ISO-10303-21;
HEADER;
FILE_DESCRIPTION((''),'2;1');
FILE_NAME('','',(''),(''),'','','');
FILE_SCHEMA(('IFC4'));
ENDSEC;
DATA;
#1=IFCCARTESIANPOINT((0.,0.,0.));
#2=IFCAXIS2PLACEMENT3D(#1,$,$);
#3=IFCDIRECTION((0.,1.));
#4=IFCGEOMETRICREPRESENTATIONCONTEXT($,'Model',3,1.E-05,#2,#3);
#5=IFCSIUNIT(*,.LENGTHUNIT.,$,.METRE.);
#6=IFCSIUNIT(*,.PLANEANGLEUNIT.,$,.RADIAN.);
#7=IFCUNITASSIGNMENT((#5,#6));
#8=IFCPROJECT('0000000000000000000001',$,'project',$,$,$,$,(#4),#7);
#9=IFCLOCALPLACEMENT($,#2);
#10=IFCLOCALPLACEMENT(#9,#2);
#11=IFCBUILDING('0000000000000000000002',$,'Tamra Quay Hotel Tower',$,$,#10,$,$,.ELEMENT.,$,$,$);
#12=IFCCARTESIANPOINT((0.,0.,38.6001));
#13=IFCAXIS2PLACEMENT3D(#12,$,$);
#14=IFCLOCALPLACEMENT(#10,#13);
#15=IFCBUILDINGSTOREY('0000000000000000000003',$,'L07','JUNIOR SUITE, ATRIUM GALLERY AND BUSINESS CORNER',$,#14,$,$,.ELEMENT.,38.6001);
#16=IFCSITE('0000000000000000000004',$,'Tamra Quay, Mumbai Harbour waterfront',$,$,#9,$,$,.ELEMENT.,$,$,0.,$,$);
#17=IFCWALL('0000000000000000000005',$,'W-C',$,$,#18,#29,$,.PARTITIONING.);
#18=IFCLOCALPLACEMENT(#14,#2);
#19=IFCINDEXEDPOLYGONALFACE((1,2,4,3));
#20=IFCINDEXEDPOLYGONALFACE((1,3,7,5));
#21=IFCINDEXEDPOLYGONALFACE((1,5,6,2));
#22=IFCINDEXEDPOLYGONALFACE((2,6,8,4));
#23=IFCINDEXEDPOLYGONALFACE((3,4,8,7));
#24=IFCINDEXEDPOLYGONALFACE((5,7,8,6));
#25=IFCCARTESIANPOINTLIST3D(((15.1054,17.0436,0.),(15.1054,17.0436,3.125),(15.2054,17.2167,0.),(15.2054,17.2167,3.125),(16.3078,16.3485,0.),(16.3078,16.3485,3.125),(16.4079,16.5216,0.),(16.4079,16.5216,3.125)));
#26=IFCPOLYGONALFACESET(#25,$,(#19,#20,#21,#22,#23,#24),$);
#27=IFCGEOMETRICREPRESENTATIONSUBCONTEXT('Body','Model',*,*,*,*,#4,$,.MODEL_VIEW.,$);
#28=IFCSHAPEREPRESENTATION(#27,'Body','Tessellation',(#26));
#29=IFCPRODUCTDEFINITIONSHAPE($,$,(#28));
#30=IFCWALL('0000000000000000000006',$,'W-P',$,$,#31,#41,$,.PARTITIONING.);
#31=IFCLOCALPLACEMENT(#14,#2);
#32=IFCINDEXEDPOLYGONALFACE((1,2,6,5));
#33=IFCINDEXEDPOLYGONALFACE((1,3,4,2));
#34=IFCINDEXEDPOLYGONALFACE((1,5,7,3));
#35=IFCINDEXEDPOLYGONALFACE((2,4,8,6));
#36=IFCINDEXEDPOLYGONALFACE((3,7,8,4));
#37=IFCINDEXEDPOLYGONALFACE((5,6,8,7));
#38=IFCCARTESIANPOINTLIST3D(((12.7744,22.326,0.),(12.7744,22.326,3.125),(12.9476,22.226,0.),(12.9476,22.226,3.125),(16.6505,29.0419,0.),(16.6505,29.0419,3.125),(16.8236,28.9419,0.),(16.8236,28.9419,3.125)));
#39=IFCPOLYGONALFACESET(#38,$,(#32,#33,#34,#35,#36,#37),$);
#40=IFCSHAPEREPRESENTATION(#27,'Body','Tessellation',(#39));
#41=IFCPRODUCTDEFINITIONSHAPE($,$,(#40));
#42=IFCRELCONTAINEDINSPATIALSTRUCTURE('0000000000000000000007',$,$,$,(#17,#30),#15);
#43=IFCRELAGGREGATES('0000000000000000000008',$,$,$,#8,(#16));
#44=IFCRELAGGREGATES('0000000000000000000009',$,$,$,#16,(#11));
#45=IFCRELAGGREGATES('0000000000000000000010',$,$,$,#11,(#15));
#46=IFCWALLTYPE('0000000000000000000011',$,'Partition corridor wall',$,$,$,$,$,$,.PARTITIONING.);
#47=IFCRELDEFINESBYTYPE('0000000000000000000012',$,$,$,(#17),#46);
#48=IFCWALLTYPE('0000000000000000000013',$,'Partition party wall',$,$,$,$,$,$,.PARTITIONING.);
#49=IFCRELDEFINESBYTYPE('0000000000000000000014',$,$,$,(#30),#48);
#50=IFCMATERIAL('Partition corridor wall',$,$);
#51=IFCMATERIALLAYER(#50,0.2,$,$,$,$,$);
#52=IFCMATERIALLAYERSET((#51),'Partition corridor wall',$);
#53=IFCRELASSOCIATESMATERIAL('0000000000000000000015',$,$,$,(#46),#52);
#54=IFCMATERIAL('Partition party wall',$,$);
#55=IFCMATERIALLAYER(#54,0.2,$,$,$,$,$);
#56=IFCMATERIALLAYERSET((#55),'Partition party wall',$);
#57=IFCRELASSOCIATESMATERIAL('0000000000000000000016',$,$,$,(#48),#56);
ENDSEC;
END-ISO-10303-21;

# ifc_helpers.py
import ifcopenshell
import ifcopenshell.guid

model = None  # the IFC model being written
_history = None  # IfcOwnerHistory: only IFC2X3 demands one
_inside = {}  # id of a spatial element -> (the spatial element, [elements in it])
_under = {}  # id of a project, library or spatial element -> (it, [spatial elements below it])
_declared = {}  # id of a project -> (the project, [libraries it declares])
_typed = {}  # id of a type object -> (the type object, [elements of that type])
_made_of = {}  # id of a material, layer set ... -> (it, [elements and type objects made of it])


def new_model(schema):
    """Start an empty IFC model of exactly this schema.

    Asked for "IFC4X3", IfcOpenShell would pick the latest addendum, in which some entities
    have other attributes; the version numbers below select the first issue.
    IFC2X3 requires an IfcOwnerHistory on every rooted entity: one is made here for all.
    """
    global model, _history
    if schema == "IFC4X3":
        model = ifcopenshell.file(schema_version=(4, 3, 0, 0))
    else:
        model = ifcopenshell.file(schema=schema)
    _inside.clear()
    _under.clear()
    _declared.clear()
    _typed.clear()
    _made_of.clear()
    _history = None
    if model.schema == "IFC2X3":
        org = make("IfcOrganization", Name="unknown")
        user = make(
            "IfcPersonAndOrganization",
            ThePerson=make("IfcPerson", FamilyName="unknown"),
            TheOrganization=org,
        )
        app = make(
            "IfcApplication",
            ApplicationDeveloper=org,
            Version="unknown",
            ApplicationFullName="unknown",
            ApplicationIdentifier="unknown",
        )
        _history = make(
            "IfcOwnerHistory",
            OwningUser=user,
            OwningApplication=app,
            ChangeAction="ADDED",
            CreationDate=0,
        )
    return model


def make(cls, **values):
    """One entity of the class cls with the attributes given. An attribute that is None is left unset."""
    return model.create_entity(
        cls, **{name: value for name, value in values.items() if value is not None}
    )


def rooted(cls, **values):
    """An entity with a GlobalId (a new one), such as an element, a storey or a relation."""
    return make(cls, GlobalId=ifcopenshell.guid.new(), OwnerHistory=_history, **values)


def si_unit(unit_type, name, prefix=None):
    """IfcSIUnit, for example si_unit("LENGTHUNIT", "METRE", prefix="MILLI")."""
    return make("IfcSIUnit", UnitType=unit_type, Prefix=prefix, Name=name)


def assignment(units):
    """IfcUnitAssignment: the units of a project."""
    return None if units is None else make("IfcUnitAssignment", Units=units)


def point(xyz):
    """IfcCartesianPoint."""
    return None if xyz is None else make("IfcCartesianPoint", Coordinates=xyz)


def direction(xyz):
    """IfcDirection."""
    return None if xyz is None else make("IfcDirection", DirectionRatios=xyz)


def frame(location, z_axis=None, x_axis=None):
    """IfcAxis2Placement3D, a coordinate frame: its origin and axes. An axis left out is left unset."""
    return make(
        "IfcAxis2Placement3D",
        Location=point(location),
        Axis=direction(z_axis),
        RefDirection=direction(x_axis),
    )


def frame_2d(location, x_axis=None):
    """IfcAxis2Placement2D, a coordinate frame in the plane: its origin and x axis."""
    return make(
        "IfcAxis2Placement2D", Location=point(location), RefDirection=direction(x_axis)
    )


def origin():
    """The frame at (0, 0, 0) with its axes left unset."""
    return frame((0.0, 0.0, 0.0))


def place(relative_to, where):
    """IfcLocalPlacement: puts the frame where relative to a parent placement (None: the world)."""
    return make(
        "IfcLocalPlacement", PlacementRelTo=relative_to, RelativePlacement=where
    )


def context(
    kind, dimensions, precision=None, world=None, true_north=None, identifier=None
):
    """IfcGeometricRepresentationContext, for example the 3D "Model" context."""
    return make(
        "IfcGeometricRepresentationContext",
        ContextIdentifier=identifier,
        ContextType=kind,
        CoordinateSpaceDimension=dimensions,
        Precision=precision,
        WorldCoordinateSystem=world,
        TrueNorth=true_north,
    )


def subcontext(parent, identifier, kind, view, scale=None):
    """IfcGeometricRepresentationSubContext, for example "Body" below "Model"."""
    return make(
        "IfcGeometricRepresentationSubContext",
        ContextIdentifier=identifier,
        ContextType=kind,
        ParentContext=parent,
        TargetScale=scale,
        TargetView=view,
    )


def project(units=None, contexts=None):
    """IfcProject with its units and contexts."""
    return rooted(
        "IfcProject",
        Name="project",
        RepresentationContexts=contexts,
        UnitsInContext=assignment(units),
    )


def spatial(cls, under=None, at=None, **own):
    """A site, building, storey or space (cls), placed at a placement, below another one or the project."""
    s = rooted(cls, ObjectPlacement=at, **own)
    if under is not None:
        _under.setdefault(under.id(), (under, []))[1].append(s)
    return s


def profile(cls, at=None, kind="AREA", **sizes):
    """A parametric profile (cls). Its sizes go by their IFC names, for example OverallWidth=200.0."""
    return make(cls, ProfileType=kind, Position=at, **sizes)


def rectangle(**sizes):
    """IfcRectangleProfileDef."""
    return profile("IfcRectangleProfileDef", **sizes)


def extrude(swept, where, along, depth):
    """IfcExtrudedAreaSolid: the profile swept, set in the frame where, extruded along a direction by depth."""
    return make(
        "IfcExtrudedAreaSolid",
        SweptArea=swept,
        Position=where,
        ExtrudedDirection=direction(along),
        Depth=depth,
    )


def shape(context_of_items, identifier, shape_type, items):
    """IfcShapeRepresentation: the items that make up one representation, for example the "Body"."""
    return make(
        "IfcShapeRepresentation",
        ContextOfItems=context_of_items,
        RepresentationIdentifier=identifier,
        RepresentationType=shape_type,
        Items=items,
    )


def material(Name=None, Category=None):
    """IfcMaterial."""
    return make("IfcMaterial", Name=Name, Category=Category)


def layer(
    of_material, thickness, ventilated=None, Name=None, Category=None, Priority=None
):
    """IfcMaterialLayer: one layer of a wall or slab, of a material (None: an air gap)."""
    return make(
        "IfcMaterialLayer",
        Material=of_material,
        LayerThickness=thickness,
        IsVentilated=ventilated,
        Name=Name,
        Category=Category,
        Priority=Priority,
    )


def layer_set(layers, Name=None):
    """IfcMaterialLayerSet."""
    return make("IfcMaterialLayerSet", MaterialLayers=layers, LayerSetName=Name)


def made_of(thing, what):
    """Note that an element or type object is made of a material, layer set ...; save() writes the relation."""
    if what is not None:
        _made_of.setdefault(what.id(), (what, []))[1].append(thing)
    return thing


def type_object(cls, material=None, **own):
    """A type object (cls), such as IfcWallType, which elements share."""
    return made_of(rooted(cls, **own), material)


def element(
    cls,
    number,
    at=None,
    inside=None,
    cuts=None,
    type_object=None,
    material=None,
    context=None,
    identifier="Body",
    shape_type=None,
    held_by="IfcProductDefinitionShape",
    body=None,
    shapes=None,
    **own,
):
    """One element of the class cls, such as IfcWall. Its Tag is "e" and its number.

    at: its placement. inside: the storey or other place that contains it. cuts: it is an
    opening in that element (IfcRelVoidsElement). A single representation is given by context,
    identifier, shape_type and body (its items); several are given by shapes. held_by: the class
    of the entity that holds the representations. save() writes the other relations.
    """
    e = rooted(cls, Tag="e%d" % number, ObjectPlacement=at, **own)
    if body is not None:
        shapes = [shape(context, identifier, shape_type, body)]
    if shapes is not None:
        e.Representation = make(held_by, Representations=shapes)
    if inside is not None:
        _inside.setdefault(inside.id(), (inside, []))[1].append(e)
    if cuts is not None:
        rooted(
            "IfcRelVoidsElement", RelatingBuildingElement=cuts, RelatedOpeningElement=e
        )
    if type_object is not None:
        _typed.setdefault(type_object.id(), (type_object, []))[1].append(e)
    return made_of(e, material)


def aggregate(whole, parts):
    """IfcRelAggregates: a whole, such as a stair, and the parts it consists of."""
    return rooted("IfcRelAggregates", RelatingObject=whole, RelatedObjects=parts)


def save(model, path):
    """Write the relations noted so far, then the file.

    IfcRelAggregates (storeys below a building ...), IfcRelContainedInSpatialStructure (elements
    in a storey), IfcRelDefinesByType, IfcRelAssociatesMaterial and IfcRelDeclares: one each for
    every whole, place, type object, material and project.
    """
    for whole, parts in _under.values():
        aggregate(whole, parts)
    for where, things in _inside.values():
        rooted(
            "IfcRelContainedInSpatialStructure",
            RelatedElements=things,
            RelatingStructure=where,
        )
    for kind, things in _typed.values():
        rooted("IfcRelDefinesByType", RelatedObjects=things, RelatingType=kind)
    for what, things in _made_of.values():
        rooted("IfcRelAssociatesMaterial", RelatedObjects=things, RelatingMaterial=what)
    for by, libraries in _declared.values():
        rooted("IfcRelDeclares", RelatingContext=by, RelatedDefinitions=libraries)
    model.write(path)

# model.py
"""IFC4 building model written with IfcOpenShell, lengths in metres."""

from ifc_helpers import new_model, si_unit, direction, frame, frame_2d, origin, place, context, subcontext, project, spatial, rectangle, extrude, material, layer, layer_set, type_object, element, save


model = new_model("IFC4")

# Units and contexts
model_context = context("Model", 3, precision=1e-05, world=origin(), true_north=direction((0.0, 1.0)))
body_context = subcontext(model_context, "Body", "Model", "MODEL_VIEW")
ifc_project = project(units=[si_unit("LENGTHUNIT", "METRE"), si_unit("PLANEANGLEUNIT", "RADIAN")], contexts=[model_context])

# Site, building, storey
site_placement = place(None, origin())
site = spatial("IfcSite", under=ifc_project, at=site_placement, Name="Tamra Quay, Mumbai Harbour waterfront", CompositionType="ELEMENT", RefElevation=0.0)
building_placement = place(site_placement, origin())
building = spatial("IfcBuilding", under=site, at=building_placement, Name="Tamra Quay Hotel Tower", CompositionType="ELEMENT")
storey_placement = place(building_placement, frame((0.0, 0.0, 38.6001)))
storey = spatial("IfcBuildingStorey", under=building, at=storey_placement, Name="L07", Description="JUNIOR SUITE, ATRIUM GALLERY AND BUSINESS CORNER", CompositionType="ELEMENT", Elevation=38.6001)

# Walls
ifc_material_1 = material(Name="Partition corridor wall")
ifc_layer_1 = layer(ifc_material_1, 0.2)
ifc_layer_set_1 = layer_set([ifc_layer_1], Name="Partition corridor wall")
wall_type_1 = type_object("IfcWallType", Name="Partition corridor wall", PredefinedType="PARTITIONING", material=ifc_layer_set_1)
wall_1_placement = place(storey_placement, frame((15.1555, 17.1301, 0.0), z_axis=(0.0, 0.0, 1.0), x_axis=(0.865755, -0.500468, 0.0)))
element("IfcWall", 1, at=wall_1_placement, inside=storey, type_object=wall_type_1, Name="W-C", PredefinedType="PARTITIONING", context=body_context, shape_type="SweptSolid", body=[
    extrude(rectangle(XDim=1.3889, YDim=0.2, at=frame_2d((0.6943, 0.0))), origin(), (0.0, 0.0, 1.0), 3.125),
])
ifc_material_2 = material(Name="Partition party wall")
ifc_layer_2 = layer(ifc_material_2, 0.2)
ifc_layer_set_2 = layer_set([ifc_layer_2], Name="Partition party wall")
wall_type_2 = type_object("IfcWallType", Name="Partition party wall", PredefinedType="PARTITIONING", material=ifc_layer_set_2)
wall_2_placement = place(storey_placement, frame((12.8611, 22.2761, 0.0), z_axis=(0.0, 0.0, 1.0), x_axis=(0.499864, 0.866104, 0.0)))
element("IfcWall", 2, at=wall_2_placement, inside=storey, type_object=wall_type_2, Name="W-P", PredefinedType="PARTITIONING", context=body_context, shape_type="SweptSolid", body=[
    extrude(rectangle(XDim=7.7542, YDim=0.2, at=frame_2d((3.877, 0.0))), origin(), (0.0, 0.0, 1.0), 3.125),
])

save(model, "model.ifc")
